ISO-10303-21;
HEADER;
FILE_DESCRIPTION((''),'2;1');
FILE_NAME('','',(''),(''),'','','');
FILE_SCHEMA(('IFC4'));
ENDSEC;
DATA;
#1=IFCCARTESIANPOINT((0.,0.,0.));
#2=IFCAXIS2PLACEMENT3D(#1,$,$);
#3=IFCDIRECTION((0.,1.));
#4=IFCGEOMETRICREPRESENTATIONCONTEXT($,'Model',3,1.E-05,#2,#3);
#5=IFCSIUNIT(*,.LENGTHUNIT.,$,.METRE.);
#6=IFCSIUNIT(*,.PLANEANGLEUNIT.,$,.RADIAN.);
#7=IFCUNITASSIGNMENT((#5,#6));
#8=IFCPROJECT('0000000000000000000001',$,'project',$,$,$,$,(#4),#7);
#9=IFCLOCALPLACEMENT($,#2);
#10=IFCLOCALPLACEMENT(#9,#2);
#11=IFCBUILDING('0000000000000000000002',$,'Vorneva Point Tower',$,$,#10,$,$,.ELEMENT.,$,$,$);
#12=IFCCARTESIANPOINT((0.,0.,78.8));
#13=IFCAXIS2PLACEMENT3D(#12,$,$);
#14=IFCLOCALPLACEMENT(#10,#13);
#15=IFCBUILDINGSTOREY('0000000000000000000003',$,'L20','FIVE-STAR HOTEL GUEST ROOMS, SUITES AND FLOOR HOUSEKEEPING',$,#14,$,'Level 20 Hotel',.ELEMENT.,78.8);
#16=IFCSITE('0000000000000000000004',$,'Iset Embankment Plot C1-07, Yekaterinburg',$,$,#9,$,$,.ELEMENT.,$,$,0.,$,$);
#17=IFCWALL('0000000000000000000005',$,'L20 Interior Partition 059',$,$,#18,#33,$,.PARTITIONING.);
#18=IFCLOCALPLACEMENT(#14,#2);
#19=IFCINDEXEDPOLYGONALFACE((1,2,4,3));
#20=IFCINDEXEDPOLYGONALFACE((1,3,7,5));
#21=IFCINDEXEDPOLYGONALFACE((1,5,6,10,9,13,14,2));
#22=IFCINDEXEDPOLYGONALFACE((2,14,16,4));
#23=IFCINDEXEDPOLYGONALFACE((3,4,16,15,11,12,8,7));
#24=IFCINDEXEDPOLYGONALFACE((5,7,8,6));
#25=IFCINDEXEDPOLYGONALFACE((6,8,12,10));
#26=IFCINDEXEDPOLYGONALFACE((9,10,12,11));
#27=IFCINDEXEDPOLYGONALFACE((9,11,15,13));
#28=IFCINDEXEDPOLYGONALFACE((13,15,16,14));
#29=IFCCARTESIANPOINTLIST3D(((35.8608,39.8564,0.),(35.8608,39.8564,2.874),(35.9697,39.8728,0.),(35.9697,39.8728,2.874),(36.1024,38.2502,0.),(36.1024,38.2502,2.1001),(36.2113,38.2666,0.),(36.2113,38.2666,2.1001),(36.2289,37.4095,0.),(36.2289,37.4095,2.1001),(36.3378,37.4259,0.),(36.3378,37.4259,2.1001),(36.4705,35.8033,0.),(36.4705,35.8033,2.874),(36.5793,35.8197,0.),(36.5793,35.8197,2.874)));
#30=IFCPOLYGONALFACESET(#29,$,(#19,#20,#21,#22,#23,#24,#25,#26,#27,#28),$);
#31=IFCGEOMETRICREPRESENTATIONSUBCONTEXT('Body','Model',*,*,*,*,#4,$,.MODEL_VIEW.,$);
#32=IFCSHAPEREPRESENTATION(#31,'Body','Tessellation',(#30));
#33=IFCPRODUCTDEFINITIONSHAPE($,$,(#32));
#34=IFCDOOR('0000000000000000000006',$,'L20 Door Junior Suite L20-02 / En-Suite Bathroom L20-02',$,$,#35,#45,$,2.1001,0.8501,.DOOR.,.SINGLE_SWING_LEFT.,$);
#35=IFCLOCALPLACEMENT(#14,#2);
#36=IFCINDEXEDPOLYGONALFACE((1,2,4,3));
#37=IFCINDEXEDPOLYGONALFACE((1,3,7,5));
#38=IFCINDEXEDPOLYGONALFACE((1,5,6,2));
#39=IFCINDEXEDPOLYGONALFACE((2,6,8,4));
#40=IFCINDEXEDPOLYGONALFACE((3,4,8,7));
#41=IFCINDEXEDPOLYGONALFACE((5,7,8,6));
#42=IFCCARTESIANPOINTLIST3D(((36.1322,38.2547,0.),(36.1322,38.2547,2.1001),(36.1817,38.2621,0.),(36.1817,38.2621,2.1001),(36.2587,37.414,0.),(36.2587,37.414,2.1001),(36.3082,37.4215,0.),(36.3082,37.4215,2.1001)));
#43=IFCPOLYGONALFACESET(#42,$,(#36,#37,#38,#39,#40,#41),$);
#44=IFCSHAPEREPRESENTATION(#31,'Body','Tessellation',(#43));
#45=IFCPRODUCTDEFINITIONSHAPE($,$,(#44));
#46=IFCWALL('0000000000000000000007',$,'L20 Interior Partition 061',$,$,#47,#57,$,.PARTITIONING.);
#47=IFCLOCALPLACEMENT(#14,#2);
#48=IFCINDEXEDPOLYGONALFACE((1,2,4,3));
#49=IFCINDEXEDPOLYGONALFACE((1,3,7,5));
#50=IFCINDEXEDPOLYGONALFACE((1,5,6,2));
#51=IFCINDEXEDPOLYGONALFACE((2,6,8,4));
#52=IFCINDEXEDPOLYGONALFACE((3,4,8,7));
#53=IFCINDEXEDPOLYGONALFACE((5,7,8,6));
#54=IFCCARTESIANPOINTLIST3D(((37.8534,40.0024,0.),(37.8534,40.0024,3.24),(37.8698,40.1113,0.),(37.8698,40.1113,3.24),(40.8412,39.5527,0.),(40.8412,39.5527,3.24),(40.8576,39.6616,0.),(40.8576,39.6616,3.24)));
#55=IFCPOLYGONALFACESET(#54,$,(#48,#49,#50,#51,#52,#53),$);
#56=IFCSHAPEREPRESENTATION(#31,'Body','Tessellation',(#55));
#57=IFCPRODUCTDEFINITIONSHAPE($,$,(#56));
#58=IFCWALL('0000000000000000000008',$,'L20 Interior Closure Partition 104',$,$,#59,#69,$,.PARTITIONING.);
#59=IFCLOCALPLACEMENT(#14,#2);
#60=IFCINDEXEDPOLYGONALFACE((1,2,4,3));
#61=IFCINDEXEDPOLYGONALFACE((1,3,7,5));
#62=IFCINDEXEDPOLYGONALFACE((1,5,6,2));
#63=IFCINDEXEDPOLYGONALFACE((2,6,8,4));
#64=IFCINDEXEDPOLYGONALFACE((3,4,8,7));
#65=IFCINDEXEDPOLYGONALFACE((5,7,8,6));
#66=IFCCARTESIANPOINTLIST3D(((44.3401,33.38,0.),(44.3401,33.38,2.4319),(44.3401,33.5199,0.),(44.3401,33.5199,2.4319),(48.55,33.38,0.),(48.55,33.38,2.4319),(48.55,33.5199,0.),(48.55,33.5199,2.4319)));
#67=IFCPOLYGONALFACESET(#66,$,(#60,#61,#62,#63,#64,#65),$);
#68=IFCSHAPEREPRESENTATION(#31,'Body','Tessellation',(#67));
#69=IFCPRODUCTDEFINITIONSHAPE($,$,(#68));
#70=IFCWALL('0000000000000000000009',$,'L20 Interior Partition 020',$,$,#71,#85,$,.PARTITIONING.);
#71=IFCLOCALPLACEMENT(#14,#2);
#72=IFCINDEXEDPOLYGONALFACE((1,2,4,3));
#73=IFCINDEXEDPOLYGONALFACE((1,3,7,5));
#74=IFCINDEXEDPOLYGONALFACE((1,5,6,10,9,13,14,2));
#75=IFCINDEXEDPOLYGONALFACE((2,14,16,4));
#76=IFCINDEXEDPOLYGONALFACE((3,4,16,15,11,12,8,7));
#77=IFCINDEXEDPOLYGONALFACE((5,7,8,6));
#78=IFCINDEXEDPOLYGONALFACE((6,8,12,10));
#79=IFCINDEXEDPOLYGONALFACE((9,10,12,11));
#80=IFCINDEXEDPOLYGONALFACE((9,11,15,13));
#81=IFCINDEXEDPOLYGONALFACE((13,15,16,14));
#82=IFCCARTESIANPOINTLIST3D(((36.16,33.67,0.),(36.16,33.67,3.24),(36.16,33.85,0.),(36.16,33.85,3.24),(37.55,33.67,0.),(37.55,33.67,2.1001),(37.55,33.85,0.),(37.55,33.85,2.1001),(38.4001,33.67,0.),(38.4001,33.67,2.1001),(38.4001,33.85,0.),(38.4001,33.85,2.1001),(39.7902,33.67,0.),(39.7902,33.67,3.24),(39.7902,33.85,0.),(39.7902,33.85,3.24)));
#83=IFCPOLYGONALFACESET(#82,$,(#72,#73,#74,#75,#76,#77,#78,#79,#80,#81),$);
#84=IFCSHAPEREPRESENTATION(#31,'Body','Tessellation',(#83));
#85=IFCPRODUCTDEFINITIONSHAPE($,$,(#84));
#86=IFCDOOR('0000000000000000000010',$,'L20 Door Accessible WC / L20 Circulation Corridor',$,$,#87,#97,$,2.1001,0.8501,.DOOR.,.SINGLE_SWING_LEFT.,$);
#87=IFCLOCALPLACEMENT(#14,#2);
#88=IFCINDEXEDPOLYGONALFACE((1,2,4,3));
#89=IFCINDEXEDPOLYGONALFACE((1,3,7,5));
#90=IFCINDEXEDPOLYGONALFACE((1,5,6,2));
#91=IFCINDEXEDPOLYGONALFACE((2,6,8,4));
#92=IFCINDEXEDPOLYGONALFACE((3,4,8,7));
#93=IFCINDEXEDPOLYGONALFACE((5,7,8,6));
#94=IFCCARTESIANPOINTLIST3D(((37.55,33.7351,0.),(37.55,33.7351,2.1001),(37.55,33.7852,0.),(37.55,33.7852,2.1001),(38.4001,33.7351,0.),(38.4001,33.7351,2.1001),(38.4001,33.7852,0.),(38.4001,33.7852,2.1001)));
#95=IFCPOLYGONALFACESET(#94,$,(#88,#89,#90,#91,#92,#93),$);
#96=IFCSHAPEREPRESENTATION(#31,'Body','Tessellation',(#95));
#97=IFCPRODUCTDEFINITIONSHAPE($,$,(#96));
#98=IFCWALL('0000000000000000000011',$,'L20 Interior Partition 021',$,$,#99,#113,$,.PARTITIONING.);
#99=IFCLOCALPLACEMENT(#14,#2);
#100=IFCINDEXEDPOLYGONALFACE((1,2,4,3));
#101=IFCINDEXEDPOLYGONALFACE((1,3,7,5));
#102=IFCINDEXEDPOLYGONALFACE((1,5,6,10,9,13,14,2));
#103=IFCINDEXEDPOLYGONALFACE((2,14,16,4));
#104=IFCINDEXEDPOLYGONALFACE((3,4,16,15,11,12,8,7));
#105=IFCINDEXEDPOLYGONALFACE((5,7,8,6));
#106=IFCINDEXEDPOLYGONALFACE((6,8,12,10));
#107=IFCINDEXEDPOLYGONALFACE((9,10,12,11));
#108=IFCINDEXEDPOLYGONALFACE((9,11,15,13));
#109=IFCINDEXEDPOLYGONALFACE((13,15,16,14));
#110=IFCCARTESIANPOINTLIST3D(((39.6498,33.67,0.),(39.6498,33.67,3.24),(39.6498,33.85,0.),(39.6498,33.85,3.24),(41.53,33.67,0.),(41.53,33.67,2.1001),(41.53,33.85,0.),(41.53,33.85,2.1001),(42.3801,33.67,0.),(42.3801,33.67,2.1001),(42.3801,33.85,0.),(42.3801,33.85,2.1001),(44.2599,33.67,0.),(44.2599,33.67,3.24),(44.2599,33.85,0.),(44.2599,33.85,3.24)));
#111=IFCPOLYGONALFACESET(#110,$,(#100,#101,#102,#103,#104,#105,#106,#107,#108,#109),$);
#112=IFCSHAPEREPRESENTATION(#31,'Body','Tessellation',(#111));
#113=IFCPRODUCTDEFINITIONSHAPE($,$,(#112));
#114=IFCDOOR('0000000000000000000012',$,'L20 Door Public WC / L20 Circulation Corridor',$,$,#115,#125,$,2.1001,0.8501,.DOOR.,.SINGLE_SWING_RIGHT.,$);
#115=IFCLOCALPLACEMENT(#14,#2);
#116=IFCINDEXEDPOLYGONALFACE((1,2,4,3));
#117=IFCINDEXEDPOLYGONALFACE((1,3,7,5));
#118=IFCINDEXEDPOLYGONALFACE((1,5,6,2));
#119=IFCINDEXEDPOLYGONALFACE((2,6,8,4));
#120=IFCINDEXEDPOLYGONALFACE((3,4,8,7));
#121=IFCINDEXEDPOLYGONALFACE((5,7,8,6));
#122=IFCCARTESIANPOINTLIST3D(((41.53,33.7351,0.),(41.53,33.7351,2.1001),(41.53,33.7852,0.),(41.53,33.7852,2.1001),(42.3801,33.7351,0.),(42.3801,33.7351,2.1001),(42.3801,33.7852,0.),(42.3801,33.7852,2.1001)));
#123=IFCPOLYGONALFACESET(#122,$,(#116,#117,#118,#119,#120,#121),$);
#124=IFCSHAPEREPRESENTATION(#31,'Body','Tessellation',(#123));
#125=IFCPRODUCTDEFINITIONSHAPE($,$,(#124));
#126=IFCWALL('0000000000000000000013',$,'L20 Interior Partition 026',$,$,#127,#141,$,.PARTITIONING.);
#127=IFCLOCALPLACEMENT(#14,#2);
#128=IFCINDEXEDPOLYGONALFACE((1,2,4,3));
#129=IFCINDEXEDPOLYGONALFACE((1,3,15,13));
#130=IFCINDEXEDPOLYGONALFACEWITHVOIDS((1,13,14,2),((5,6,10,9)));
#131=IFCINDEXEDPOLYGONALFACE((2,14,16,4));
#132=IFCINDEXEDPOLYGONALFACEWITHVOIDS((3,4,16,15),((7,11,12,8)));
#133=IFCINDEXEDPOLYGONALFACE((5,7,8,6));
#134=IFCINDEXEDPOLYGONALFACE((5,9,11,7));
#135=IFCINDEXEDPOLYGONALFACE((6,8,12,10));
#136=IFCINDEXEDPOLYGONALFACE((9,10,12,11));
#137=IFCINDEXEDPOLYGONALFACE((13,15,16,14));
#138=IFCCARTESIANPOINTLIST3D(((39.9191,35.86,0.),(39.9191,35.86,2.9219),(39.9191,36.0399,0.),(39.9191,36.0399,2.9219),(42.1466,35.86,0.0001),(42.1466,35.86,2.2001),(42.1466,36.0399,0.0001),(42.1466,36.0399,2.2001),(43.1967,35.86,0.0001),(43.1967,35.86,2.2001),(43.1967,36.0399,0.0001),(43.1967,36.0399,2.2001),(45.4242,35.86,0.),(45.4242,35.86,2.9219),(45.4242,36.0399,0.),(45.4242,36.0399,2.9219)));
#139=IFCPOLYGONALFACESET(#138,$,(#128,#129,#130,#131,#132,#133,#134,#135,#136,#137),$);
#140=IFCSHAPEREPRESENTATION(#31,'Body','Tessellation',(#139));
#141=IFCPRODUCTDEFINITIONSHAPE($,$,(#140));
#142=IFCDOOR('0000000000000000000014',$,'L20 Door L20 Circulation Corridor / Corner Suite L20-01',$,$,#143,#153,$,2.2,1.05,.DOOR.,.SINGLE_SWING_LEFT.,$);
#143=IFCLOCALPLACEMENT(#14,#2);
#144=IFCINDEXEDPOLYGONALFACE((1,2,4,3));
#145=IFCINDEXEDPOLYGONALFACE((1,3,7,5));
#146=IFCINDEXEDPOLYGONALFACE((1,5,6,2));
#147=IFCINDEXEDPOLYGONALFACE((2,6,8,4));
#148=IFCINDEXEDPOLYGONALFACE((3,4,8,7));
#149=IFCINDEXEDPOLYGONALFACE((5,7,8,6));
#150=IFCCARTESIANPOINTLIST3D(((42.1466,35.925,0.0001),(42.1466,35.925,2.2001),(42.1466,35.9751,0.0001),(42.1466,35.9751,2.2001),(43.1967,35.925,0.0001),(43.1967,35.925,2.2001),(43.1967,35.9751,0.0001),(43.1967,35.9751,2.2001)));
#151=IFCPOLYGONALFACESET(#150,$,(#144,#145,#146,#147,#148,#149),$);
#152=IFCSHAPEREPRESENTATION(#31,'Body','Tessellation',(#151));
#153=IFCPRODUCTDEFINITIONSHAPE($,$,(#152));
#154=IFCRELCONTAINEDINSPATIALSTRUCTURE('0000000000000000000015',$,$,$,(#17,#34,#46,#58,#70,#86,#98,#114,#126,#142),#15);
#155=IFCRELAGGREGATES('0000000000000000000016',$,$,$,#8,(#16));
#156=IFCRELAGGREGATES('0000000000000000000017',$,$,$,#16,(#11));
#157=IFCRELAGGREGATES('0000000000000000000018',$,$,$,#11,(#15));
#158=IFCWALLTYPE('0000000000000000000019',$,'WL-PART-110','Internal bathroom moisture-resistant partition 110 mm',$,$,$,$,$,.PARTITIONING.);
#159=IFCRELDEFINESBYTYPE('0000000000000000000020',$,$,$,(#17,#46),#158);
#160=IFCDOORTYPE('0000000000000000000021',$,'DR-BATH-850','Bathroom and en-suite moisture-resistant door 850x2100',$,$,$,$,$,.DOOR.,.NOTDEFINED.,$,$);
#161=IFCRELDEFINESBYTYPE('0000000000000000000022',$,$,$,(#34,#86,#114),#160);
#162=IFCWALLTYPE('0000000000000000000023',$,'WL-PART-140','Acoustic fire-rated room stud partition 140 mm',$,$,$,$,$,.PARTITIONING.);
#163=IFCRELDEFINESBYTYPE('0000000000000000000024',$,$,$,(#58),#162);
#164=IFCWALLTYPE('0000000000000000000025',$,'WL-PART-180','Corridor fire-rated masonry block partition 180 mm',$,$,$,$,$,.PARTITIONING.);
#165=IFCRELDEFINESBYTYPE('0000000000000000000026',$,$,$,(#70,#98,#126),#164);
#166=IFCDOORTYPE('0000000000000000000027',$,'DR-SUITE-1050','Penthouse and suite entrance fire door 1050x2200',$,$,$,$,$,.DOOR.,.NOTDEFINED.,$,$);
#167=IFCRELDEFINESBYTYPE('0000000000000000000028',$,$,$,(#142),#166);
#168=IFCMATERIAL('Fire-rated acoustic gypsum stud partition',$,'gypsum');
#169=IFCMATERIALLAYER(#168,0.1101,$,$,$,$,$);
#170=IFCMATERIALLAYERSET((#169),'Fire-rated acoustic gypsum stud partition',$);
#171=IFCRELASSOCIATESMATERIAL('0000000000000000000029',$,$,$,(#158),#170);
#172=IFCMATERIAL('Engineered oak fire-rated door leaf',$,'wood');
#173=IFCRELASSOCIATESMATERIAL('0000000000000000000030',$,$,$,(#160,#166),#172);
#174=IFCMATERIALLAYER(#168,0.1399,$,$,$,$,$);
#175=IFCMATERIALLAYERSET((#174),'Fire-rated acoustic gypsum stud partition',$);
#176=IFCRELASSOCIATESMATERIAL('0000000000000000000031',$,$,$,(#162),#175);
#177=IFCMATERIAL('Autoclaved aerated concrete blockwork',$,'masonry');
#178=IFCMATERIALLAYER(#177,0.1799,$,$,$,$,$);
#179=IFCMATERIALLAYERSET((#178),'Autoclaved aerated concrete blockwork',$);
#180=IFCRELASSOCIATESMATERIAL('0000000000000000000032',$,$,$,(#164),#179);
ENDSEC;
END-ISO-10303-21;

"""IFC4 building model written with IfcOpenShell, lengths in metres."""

from ifc_helpers import new_model, si_unit, direction, frame, frame_2d, origin, place, context, subcontext, project, spatial, rectangle, extrude, material, layer, layer_set, type_object, element, fill, save


model = new_model("IFC4")

# Units and contexts
model_context = context("Model", 3, precision=1e-05, world=origin(), true_north=direction((0.0, 1.0)))
body_context = subcontext(model_context, "Body", "Model", "MODEL_VIEW")
ifc_project = project(units=[si_unit("LENGTHUNIT", "METRE"), si_unit("PLANEANGLEUNIT", "RADIAN")], contexts=[model_context])

# Site, building, storey
site_placement = place(None, origin())
site = spatial("IfcSite", under=ifc_project, at=site_placement, Name="Iset Embankment Plot C1-07, Yekaterinburg", CompositionType="ELEMENT", RefElevation=0.0)
building_placement = place(site_placement, origin())
building = spatial("IfcBuilding", under=site, at=building_placement, Name="Vorneva Point Tower", CompositionType="ELEMENT")
storey_placement = place(building_placement, frame((0.0, 0.0, 78.8)))
storey = spatial("IfcBuildingStorey", under=building, at=storey_placement, Name="L20", Description="FIVE-STAR HOTEL GUEST ROOMS, SUITES AND FLOOR HOUSEKEEPING", LongName="Level 20 Hotel", CompositionType="ELEMENT", Elevation=78.8)

# Shared definitions
ifc_material_1 = material(Name="Fire-rated acoustic gypsum stud partition", Category="gypsum")
ifc_layer_1 = layer(ifc_material_1, 0.1101)
ifc_layer_set_1 = layer_set([ifc_layer_1], Name="Fire-rated acoustic gypsum stud partition")
wall_type_1 = type_object("IfcWallType", Name="WL-PART-110", Description="Internal bathroom moisture-resistant partition 110 mm", PredefinedType="PARTITIONING", material=ifc_layer_set_1)

# Wall, opening, door
wall_1_placement = place(storey_placement, frame((36.5249, 35.8115, 0.0), z_axis=(0.0, 0.0, 1.0), x_axis=(-0.148739, 0.988876, 0.0)))
wall_1 = element("IfcWall", 1, at=wall_1_placement, inside=storey, type_object=wall_type_1, Name="L20 Interior Partition 059", PredefinedType="PARTITIONING", context=body_context, shape_type="SweptSolid", body=[
    extrude(rectangle(XDim=4.0986, YDim=0.1101, at=frame_2d((2.0493, 0.0))), origin(), (0.0, 0.0, 1.0), 2.874),
])
opening_1_placement = place(wall_1_placement, frame((1.6243, 0.0, 0.0)))
opening_1 = element("IfcOpeningElement", 2, at=opening_1_placement, cuts=wall_1, PredefinedType="OPENING", context=body_context, shape_type="SweptSolid", body=[
    extrude(rectangle(XDim=0.8501, YDim=2.1001, at=frame_2d((0.425, 1.05))), frame((0.0, 0.0698, 0.0), z_axis=(0.0, -1.0, 0.0), x_axis=(1.0, 0.0, 0.0)), (0.0, 0.0, 1.0), 0.1399),
])
ifc_material_2 = material(Name="Engineered oak fire-rated door leaf", Category="wood")
door_type_1 = type_object("IfcDoorType", Name="DR-BATH-850", Description="Bathroom and en-suite moisture-resistant door 850x2100", OperationType="NOTDEFINED", PredefinedType="DOOR", material=ifc_material_2)
door_1_placement = place(opening_1_placement, origin())
door_1 = element("IfcDoor", 3, at=door_1_placement, inside=storey, type_object=door_type_1, Name="L20 Door Junior Suite L20-02 / En-Suite Bathroom L20-02", OperationType="SINGLE_SWING_LEFT", OverallHeight=2.1001, OverallWidth=0.8501, PredefinedType="DOOR", context=body_context, shape_type="SweptSolid", body=[
    extrude(rectangle(XDim=0.8501, YDim=2.1001, at=frame_2d((0.425, 1.05))), frame((0.0, 0.0249, 0.0), z_axis=(0.0, -1.0, 0.0), x_axis=(1.0, 0.0, 0.0)), (0.0, 0.0, 1.0), 0.05),
])
fill(opening_1, door_1)

# Walls
wall_2_placement = place(storey_placement, frame((37.8616, 40.0569, 0.0), z_axis=(0.0, 0.0, 1.0), x_axis=(0.988862, -0.148838, 0.0)))
element("IfcWall", 4, at=wall_2_placement, inside=storey, type_object=wall_type_1, Name="L20 Interior Partition 061", PredefinedType="PARTITIONING", context=body_context, shape_type="SweptSolid", body=[
    extrude(rectangle(XDim=3.0215, YDim=0.1101, at=frame_2d((1.5107, 0.0))), origin(), (0.0, 0.0, 1.0), 3.24),
])
ifc_layer_2 = layer(ifc_material_1, 0.1399)
ifc_layer_set_2 = layer_set([ifc_layer_2], Name="Fire-rated acoustic gypsum stud partition")
wall_type_2 = type_object("IfcWallType", Name="WL-PART-140", Description="Acoustic fire-rated room stud partition 140 mm", PredefinedType="PARTITIONING", material=ifc_layer_set_2)
wall_3_placement = place(storey_placement, frame((44.3401, 33.45, 0.0), z_axis=(0.0, 0.0, 1.0), x_axis=(1.0, 0.0, 0.0)))
element("IfcWall", 5, at=wall_3_placement, inside=storey, type_object=wall_type_2, Name="L20 Interior Closure Partition 104", PredefinedType="PARTITIONING", context=body_context, shape_type="SweptSolid", body=[
    extrude(rectangle(XDim=4.21, YDim=0.1399, at=frame_2d((2.105, 0.0))), origin(), (0.0, 0.0, 1.0), 2.4319),
])

# Walls, openings, doors
ifc_material_3 = material(Name="Autoclaved aerated concrete blockwork", Category="masonry")
ifc_layer_3 = layer(ifc_material_3, 0.1799)
ifc_layer_set_3 = layer_set([ifc_layer_3], Name="Autoclaved aerated concrete blockwork")
wall_type_3 = type_object("IfcWallType", Name="WL-PART-180", Description="Corridor fire-rated masonry block partition 180 mm", PredefinedType="PARTITIONING", material=ifc_layer_set_3)
wall_4_placement = place(storey_placement, frame((39.79, 33.76, 0.0), z_axis=(0.0, 0.0, 1.0), x_axis=(-1.0, 0.0, 0.0)))
wall_4 = element("IfcWall", 6, at=wall_4_placement, inside=storey, type_object=wall_type_3, Name="L20 Interior Partition 020", PredefinedType="PARTITIONING", context=body_context, shape_type="SweptSolid", body=[
    extrude(rectangle(XDim=3.6301, YDim=0.1799, at=frame_2d((1.8149, 0.0))), origin(), (0.0, 0.0, 1.0), 3.24),
])
opening_2_placement = place(wall_4_placement, frame((1.3899, 0.0, 0.0)))
opening_2 = element("IfcOpeningElement", 7, at=opening_2_placement, cuts=wall_4, PredefinedType="OPENING", context=body_context, shape_type="SweptSolid", body=[
    extrude(rectangle(XDim=0.8501, YDim=2.1001, at=frame_2d((0.425, 1.05))), frame((0.0, 0.105, 0.0), z_axis=(0.0, -1.0, 0.0), x_axis=(1.0, 0.0, 0.0)), (0.0, 0.0, 1.0), 0.2097),
])
door_2_placement = place(opening_2_placement, origin())
door_2 = element("IfcDoor", 8, at=door_2_placement, inside=storey, type_object=door_type_1, Name="L20 Door Accessible WC / L20 Circulation Corridor", OperationType="SINGLE_SWING_LEFT", OverallHeight=2.1001, OverallWidth=0.8501, PredefinedType="DOOR", context=body_context, shape_type="SweptSolid", body=[
    extrude(rectangle(XDim=0.8501, YDim=2.1001, at=frame_2d((0.425, 1.05))), frame((0.0, 0.0249, 0.0), z_axis=(0.0, -1.0, 0.0), x_axis=(1.0, 0.0, 0.0)), (0.0, 0.0, 1.0), 0.05),
])
fill(opening_2, door_2)
wall_5_placement = place(storey_placement, frame((44.26, 33.76, 0.0), z_axis=(0.0, 0.0, 1.0), x_axis=(-1.0, 0.0, 0.0)))
wall_5 = element("IfcWall", 9, at=wall_5_placement, inside=storey, type_object=wall_type_3, Name="L20 Interior Partition 021", PredefinedType="PARTITIONING", context=body_context, shape_type="SweptSolid", body=[
    extrude(rectangle(XDim=4.6101, YDim=0.1799, at=frame_2d((2.3052, 0.0))), origin(), (0.0, 0.0, 1.0), 3.24),
])
opening_3_placement = place(wall_5_placement, frame((1.8799, 0.0, 0.0)))
opening_3 = element("IfcOpeningElement", 10, at=opening_3_placement, cuts=wall_5, PredefinedType="OPENING", context=body_context, shape_type="SweptSolid", body=[
    extrude(rectangle(XDim=0.8501, YDim=2.1001, at=frame_2d((0.425, 1.05))), frame((0.0, 0.105, 0.0), z_axis=(0.0, -1.0, 0.0), x_axis=(1.0, 0.0, 0.0)), (0.0, 0.0, 1.0), 0.2097),
])
door_3_placement = place(opening_3_placement, origin())
door_3 = element("IfcDoor", 11, at=door_3_placement, inside=storey, type_object=door_type_1, Name="L20 Door Public WC / L20 Circulation Corridor", OperationType="SINGLE_SWING_RIGHT", OverallHeight=2.1001, OverallWidth=0.8501, PredefinedType="DOOR", context=body_context, shape_type="SweptSolid", body=[
    extrude(rectangle(XDim=0.8501, YDim=2.1001, at=frame_2d((0.425, 1.05))), frame((0.0, 0.0249, 0.0), z_axis=(0.0, -1.0, 0.0), x_axis=(1.0, 0.0, 0.0)), (0.0, 0.0, 1.0), 0.05),
])
fill(opening_3, door_3)
wall_6_placement = place(storey_placement, frame((45.4241, 35.95, 0.0), z_axis=(0.0, 0.0, 1.0), x_axis=(-1.0, 0.0, 0.0)))
wall_6 = element("IfcWall", 12, at=wall_6_placement, inside=storey, type_object=wall_type_3, Name="L20 Interior Partition 026", PredefinedType="PARTITIONING", context=body_context, shape_type="SweptSolid", body=[
    extrude(rectangle(XDim=5.5051, YDim=0.1799, at=frame_2d((2.7524, 0.0))), origin(), (0.0, 0.0, 1.0), 2.9219),
])
opening_4_placement = place(wall_6_placement, frame((2.2275, 0.0, 0.0)))
opening_4 = element("IfcOpeningElement", 13, at=opening_4_placement, cuts=wall_6, PredefinedType="OPENING", context=body_context, shape_type="SweptSolid", body=[
    extrude(rectangle(XDim=1.05, YDim=2.2, at=frame_2d((0.5249, 1.1001))), frame((0.0, 0.105, 0.0), z_axis=(0.0, -1.0, 0.0), x_axis=(1.0, 0.0, 0.0)), (0.0, 0.0, 1.0), 0.2097),
])
door_type_2 = type_object("IfcDoorType", Name="DR-SUITE-1050", Description="Penthouse and suite entrance fire door 1050x2200", OperationType="NOTDEFINED", PredefinedType="DOOR", material=ifc_material_2)
door_4_placement = place(opening_4_placement, origin())
door_4 = element("IfcDoor", 14, at=door_4_placement, inside=storey, type_object=door_type_2, Name="L20 Door L20 Circulation Corridor / Corner Suite L20-01", OperationType="SINGLE_SWING_LEFT", OverallHeight=2.2, OverallWidth=1.05, PredefinedType="DOOR", context=body_context, shape_type="SweptSolid", body=[
    extrude(rectangle(XDim=1.05, YDim=2.2, at=frame_2d((0.5249, 1.1001))), frame((0.0, 0.0249, 0.0), z_axis=(0.0, -1.0, 0.0), x_axis=(1.0, 0.0, 0.0)), (0.0, 0.0, 1.0), 0.05),
])
fill(opening_4, door_4)

save(model, "model.ifc")
